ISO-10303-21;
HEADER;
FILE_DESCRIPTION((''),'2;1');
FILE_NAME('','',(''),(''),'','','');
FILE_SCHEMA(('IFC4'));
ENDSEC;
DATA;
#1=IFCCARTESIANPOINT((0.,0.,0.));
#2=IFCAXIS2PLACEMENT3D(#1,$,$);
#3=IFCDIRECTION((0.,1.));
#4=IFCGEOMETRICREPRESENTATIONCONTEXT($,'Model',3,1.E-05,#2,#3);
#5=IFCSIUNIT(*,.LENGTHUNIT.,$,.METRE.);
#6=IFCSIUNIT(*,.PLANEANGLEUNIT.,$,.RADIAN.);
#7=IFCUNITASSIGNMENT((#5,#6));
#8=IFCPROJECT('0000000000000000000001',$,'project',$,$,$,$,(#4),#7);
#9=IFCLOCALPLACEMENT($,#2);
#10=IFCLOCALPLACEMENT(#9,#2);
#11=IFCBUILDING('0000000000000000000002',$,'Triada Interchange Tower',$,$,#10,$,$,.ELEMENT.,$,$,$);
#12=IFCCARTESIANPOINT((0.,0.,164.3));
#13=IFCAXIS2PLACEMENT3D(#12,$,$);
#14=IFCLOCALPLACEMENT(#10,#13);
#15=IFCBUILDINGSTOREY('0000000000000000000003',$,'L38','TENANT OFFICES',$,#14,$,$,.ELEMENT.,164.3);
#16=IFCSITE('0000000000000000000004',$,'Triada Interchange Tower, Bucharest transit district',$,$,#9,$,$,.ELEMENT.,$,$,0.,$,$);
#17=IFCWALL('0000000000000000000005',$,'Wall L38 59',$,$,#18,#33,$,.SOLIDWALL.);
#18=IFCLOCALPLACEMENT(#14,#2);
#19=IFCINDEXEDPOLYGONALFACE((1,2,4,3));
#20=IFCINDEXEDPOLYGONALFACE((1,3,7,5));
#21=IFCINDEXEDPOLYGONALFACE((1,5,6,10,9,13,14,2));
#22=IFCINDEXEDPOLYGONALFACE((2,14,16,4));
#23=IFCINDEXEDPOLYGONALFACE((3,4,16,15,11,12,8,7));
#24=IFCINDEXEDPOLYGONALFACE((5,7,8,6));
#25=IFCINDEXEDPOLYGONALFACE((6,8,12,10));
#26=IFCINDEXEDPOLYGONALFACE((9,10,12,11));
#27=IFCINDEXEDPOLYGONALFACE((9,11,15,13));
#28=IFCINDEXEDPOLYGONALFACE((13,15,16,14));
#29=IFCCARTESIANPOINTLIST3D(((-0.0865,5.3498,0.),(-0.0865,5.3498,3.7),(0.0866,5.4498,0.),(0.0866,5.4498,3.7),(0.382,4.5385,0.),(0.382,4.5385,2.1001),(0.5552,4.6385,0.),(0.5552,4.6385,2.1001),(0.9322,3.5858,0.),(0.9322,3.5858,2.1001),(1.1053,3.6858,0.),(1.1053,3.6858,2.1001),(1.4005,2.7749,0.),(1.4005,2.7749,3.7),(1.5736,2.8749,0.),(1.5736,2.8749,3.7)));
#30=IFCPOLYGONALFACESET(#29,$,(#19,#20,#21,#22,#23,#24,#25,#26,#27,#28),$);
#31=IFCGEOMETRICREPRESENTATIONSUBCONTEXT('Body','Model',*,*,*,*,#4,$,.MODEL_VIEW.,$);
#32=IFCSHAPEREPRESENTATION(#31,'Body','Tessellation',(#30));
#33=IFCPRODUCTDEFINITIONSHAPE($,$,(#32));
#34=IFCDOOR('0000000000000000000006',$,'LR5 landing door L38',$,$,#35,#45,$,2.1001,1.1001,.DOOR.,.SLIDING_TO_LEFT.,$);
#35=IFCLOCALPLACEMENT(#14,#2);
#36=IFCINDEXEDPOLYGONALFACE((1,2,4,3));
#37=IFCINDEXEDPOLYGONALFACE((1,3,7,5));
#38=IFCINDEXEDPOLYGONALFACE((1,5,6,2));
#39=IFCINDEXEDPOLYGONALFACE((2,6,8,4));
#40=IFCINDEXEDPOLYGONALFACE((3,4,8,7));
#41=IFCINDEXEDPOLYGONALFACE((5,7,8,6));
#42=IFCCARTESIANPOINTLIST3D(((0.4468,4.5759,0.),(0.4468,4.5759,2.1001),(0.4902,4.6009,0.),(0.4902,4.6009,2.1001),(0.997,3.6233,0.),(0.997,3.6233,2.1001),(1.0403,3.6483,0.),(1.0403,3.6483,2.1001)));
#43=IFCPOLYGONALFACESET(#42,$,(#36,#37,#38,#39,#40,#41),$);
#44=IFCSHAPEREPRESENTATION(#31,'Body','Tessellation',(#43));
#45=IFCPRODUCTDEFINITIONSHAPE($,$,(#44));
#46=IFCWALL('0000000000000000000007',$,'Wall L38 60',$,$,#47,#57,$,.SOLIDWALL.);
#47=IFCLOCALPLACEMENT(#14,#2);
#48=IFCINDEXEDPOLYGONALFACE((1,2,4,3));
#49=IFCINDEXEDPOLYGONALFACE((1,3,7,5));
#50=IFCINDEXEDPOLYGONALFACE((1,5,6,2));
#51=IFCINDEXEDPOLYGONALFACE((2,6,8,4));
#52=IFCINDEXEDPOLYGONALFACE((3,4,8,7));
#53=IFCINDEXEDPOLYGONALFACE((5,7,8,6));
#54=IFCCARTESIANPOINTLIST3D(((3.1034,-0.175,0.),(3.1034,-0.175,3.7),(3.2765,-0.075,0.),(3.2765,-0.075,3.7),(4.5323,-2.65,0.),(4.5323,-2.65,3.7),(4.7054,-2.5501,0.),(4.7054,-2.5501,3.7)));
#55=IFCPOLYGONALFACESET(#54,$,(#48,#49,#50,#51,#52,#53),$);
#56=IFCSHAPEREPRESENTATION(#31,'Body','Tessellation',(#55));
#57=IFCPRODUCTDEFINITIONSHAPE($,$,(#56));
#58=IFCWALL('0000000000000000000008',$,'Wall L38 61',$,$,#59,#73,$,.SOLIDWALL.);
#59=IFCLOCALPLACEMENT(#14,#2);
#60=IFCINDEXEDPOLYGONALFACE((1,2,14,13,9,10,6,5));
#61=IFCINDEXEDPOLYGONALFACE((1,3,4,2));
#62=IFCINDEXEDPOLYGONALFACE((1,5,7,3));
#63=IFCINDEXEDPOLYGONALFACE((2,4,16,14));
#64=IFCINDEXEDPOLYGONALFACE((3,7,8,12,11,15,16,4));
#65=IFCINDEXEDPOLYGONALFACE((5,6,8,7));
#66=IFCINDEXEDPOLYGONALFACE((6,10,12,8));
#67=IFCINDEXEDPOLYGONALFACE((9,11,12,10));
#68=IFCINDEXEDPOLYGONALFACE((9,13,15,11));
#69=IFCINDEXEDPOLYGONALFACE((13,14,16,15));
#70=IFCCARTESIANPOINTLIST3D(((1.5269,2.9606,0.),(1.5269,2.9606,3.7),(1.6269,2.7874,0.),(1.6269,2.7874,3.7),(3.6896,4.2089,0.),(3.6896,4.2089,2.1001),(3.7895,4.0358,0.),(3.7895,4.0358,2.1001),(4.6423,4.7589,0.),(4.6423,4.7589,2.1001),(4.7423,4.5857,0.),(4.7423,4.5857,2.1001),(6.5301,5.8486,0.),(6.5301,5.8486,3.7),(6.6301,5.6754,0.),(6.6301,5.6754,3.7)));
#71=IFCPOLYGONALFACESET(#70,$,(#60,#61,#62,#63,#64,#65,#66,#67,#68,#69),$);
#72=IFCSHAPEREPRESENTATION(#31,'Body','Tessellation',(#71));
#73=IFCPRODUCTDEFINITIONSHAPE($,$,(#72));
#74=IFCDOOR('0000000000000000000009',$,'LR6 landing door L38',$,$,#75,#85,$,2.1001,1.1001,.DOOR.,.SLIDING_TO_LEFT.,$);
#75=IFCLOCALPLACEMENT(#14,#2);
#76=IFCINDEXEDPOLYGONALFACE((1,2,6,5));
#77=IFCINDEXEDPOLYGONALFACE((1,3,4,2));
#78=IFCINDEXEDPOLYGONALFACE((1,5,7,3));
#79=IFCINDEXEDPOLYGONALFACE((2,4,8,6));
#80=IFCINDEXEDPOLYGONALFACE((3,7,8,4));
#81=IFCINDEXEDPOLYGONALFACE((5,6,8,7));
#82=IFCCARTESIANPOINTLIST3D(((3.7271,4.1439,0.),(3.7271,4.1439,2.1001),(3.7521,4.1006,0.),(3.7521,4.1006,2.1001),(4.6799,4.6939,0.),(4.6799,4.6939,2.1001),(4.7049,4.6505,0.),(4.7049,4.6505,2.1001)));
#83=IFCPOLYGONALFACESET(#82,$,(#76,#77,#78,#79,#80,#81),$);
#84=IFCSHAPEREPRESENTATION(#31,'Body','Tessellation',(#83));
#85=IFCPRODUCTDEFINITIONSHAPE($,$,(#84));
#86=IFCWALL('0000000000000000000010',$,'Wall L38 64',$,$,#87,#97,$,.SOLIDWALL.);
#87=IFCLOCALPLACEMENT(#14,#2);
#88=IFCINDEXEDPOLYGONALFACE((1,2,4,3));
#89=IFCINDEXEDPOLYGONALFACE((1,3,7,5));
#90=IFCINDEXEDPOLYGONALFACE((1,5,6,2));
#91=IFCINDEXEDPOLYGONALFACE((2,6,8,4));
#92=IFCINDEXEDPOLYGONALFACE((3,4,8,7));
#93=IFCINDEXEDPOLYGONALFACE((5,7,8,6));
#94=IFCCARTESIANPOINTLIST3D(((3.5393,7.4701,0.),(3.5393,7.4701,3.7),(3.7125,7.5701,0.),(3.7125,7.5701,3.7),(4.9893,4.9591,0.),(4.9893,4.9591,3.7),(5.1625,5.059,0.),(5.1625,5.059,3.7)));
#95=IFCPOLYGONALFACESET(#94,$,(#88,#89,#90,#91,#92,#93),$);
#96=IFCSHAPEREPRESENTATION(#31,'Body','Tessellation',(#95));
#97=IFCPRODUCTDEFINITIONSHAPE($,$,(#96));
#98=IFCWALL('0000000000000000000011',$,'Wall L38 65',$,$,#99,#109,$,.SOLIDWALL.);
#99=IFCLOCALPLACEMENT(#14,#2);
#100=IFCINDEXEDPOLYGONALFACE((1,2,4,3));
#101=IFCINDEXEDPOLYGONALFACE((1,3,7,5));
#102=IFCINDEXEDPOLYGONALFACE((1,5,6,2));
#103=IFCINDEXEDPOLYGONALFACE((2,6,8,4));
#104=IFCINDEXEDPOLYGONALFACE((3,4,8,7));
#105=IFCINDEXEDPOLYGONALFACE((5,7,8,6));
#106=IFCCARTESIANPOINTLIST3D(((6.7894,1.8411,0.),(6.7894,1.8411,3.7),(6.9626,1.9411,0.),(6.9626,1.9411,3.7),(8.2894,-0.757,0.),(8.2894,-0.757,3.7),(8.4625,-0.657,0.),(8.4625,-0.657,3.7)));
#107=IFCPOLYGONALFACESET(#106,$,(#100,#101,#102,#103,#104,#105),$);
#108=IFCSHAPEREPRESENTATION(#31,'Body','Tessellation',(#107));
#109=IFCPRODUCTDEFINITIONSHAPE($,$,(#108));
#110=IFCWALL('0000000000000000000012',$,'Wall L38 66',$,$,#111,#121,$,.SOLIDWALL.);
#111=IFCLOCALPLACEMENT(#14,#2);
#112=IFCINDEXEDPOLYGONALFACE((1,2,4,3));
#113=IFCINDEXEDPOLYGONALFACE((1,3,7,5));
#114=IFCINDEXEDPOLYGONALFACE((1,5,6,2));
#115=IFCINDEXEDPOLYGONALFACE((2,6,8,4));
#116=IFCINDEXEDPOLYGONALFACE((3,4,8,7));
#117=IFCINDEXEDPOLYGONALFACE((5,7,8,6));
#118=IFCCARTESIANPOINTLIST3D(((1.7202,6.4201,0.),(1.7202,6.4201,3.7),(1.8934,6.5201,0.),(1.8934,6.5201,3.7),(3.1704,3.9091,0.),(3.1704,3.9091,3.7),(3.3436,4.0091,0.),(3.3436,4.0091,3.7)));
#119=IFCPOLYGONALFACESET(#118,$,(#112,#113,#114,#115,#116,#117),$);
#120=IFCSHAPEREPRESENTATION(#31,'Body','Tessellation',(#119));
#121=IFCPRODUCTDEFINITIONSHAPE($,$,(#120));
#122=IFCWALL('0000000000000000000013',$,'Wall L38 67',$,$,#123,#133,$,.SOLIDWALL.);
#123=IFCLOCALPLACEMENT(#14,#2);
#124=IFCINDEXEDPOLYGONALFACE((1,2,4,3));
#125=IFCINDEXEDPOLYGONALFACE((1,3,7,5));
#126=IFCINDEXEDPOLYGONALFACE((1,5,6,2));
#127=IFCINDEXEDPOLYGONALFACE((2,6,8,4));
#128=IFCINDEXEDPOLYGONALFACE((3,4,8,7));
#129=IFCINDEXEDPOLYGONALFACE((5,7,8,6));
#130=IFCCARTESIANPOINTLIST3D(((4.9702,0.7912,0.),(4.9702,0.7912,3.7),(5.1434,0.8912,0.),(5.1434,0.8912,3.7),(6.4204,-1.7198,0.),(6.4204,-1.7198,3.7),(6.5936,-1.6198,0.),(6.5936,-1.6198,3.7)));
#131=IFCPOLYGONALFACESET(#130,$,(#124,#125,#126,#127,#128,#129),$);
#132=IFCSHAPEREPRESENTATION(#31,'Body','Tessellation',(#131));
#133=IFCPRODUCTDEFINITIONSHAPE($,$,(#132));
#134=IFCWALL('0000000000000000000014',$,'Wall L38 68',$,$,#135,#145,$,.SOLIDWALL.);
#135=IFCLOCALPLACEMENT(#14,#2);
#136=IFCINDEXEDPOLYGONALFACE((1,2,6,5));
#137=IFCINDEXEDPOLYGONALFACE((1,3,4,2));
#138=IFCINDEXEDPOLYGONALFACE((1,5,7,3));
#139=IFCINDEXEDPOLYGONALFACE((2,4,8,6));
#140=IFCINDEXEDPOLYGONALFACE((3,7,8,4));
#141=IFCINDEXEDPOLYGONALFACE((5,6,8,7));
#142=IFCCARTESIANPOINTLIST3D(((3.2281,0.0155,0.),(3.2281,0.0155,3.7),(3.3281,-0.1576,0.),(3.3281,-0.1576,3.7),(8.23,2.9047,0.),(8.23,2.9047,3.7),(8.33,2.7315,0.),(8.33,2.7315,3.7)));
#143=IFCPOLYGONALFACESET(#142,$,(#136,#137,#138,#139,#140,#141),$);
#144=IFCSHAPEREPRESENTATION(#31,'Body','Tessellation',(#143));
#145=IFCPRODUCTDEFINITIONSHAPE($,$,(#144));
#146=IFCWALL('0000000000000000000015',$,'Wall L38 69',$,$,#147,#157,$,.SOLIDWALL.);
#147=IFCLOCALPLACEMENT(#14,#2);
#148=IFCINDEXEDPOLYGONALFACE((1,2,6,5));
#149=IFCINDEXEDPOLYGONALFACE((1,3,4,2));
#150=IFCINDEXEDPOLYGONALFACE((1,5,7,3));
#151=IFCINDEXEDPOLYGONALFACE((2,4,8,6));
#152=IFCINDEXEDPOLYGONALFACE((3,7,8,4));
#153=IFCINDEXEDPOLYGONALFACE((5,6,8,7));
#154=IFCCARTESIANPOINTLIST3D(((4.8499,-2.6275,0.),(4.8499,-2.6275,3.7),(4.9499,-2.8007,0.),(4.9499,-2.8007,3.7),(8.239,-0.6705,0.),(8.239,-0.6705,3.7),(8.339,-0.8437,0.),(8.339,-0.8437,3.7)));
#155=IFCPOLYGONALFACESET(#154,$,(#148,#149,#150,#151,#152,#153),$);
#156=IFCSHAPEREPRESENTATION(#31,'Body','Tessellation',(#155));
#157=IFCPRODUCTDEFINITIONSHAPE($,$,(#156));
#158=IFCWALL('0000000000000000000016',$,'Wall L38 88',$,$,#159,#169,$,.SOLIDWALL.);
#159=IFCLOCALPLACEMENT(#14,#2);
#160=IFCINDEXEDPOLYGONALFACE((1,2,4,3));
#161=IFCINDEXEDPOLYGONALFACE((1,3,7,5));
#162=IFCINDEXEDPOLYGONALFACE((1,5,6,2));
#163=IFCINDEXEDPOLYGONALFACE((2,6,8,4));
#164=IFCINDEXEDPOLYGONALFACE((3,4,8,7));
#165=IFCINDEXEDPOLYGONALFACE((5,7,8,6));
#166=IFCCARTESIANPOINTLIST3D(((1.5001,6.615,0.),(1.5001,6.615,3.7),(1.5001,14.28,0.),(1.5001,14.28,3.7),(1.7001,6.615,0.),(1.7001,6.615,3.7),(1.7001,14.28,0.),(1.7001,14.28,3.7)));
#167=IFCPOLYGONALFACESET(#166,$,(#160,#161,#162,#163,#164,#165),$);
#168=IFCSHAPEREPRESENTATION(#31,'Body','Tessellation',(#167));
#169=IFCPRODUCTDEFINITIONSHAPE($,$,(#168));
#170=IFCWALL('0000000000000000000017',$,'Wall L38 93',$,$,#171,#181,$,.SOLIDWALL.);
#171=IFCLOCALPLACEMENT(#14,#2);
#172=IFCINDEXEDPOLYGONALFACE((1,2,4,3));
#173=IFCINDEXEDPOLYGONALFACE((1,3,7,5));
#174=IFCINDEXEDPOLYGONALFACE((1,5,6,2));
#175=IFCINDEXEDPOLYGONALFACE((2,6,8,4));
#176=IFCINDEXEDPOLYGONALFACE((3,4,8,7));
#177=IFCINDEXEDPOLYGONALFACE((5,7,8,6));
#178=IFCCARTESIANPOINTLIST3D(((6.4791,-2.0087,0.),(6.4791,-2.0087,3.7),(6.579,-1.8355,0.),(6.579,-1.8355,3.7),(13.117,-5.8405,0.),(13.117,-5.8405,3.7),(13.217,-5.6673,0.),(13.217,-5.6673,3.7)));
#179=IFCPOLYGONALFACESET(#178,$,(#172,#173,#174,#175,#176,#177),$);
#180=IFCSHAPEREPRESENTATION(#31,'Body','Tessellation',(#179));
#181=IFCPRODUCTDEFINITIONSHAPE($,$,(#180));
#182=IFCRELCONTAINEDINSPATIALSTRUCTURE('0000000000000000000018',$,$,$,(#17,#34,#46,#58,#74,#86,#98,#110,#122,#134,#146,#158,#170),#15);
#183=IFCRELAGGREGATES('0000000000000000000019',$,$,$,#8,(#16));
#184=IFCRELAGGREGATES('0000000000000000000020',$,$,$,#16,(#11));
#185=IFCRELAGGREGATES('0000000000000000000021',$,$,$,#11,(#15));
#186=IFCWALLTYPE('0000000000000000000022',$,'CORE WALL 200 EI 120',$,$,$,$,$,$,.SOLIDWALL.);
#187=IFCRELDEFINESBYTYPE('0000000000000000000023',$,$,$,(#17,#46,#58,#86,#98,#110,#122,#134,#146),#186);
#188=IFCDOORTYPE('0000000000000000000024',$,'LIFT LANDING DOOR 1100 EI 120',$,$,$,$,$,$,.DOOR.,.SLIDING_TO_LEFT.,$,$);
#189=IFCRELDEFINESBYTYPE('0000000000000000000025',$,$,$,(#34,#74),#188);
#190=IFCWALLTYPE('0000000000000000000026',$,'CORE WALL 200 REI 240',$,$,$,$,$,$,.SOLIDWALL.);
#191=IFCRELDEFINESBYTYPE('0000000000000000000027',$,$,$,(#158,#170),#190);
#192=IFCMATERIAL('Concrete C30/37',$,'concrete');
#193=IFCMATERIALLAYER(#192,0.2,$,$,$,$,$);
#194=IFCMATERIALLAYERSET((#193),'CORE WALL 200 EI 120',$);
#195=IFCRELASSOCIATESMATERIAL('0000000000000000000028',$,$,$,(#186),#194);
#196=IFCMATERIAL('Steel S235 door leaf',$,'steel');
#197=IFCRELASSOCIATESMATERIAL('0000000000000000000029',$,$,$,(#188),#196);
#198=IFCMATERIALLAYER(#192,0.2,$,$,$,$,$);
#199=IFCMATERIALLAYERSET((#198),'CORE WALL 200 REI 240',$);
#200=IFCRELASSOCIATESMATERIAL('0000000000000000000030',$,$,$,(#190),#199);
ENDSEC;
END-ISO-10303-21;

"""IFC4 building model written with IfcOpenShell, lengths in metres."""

from ifc_helpers import new_model, si_unit, direction, frame, frame_2d, origin, place, context, subcontext, project, spatial, rectangle, extrude, material, layer, layer_set, type_object, element, fill, save


model = new_model("IFC4")

# Units and contexts
model_context = context("Model", 3, precision=1e-05, world=origin(), true_north=direction((0.0, 1.0)))
body_context = subcontext(model_context, "Body", "Model", "MODEL_VIEW")
ifc_project = project(units=[si_unit("LENGTHUNIT", "METRE"), si_unit("PLANEANGLEUNIT", "RADIAN")], contexts=[model_context])

# Site, building, storey
site_placement = place(None, origin())
site = spatial("IfcSite", under=ifc_project, at=site_placement, Name="Triada Interchange Tower, Bucharest transit district", CompositionType="ELEMENT", RefElevation=0.0)
building_placement = place(site_placement, origin())
building = spatial("IfcBuilding", under=site, at=building_placement, Name="Triada Interchange Tower", CompositionType="ELEMENT")
storey_placement = place(building_placement, frame((0.0, 0.0, 164.3)))
storey = spatial("IfcBuildingStorey", under=building, at=storey_placement, Name="L38", Description="TENANT OFFICES", CompositionType="ELEMENT", Elevation=164.3)

# Wall, opening, door
ifc_material_1 = material(Name="Concrete C30/37", Category="concrete")
ifc_layer_1 = layer(ifc_material_1, 0.2)
ifc_layer_set_1 = layer_set([ifc_layer_1], Name="CORE WALL 200 EI 120")
wall_type_1 = type_object("IfcWallType", Name="CORE WALL 200 EI 120", PredefinedType="SOLIDWALL", material=ifc_layer_set_1)
ifc_material_2 = material(Name="Steel S235 door leaf", Category="steel")
door_type = type_object("IfcDoorType", Name="LIFT LANDING DOOR 1100 EI 120", OperationType="SLIDING_TO_LEFT", PredefinedType="DOOR", material=ifc_material_2)
wall_1_placement = place(storey_placement, frame((0.0, 5.3999, 0.0), z_axis=(0.0, 0.0, 1.0), x_axis=(0.500104, -0.865965, 0.0)))
wall_1 = element("IfcWall", 1, at=wall_1_placement, inside=storey, type_object=wall_type_1, Name="Wall L38 59", PredefinedType="SOLIDWALL", context=body_context, shape_type="SweptSolid", body=[
    extrude(rectangle(XDim=2.9734, YDim=0.2, at=frame_2d((1.4868, 0.0))), origin(), (0.0, 0.0, 1.0), 3.7),
])
opening_1_placement = place(wall_1_placement, frame((0.937, 0.0, 0.0)))
opening_1 = element("IfcOpeningElement", 2, at=opening_1_placement, cuts=wall_1, PredefinedType="OPENING", context=body_context, shape_type="SweptSolid", body=[
    extrude(rectangle(XDim=1.1001, YDim=2.1001, at=frame_2d((0.55, 1.05))), frame((0.0, 0.1099, 0.0), z_axis=(0.0, -1.0, 0.0), x_axis=(1.0, 0.0, 0.0)), (0.0, 0.0, 1.0), 0.22),
])
door_1_placement = place(opening_1_placement, origin())
door_1 = element("IfcDoor", 3, at=door_1_placement, inside=storey, type_object=door_type, Name="LR5 landing door L38", OperationType="SLIDING_TO_LEFT", OverallHeight=2.1001, OverallWidth=1.1001, PredefinedType="DOOR", context=body_context, shape_type="SweptSolid", body=[
    extrude(rectangle(XDim=1.1001, YDim=2.1001, at=frame_2d((0.55, 1.05))), frame((0.0, 0.0249, 0.0), z_axis=(0.0, -1.0, 0.0), x_axis=(1.0, 0.0, 0.0)), (0.0, 0.0, 1.0), 0.05),
])
fill(opening_1, door_1)

# Wall
wall_2_placement = place(storey_placement, frame((3.1899, -0.125, 0.0), z_axis=(0.0, 0.0, 1.0), x_axis=(0.499989, -0.866032, 0.0)))
element("IfcWall", 4, at=wall_2_placement, inside=storey, type_object=wall_type_1, Name="Wall L38 60", PredefinedType="SOLIDWALL", context=body_context, shape_type="SweptSolid", body=[
    extrude(rectangle(XDim=2.8579, YDim=0.2, at=frame_2d((1.429, 0.0))), origin(), (0.0, 0.0, 1.0), 3.7),
])

# Wall, opening, door
wall_3_placement = place(storey_placement, frame((1.5769, 2.874, 0.0), z_axis=(0.0, 0.0, 1.0), x_axis=(0.866074, 0.499916, 0.0)))
wall_3 = element("IfcWall", 5, at=wall_3_placement, inside=storey, type_object=wall_type_1, Name="Wall L38 61", PredefinedType="SOLIDWALL", context=body_context, shape_type="SweptSolid", body=[
    extrude(rectangle(XDim=5.7769, YDim=0.2, at=frame_2d((2.8884, 0.0))), origin(), (0.0, 0.0, 1.0), 3.7),
])
opening_2_placement = place(wall_3_placement, frame((2.4971, 0.0, 0.0)))
opening_2 = element("IfcOpeningElement", 6, at=opening_2_placement, cuts=wall_3, PredefinedType="OPENING", context=body_context, shape_type="SweptSolid", body=[
    extrude(rectangle(XDim=1.1001, YDim=2.1001, at=frame_2d((0.55, 1.05))), frame((0.0, 0.1099, 0.0), z_axis=(0.0, -1.0, 0.0), x_axis=(1.0, 0.0, 0.0)), (0.0, 0.0, 1.0), 0.22),
])
door_2_placement = place(opening_2_placement, origin())
door_2 = element("IfcDoor", 7, at=door_2_placement, inside=storey, type_object=door_type, Name="LR6 landing door L38", OperationType="SLIDING_TO_LEFT", OverallHeight=2.1001, OverallWidth=1.1001, PredefinedType="DOOR", context=body_context, shape_type="SweptSolid", body=[
    extrude(rectangle(XDim=1.1001, YDim=2.1001, at=frame_2d((0.55, 1.05))), frame((0.0, 0.0249, 0.0), z_axis=(0.0, -1.0, 0.0), x_axis=(1.0, 0.0, 0.0)), (0.0, 0.0, 1.0), 0.05),
])
fill(opening_2, door_2)

# Walls
wall_4_placement = place(storey_placement, frame((3.626, 7.52, 0.0), z_axis=(0.0, 0.0, 1.0), x_axis=(0.50006, -0.865991, 0.0)))
element("IfcWall", 8, at=wall_4_placement, inside=storey, type_object=wall_type_1, Name="Wall L38 64", PredefinedType="SOLIDWALL", context=body_context, shape_type="SweptSolid", body=[
    extrude(rectangle(XDim=2.8997, YDim=0.2, at=frame_2d((1.4497, 0.0))), origin(), (0.0, 0.0, 1.0), 3.7),
])
wall_5_placement = place(storey_placement, frame((6.876, 1.8911, 0.0), z_axis=(0.0, 0.0, 1.0), x_axis=(0.49999, -0.866031, 0.0)))
element("IfcWall", 9, at=wall_5_placement, inside=storey, type_object=wall_type_1, Name="Wall L38 65", PredefinedType="SOLIDWALL", context=body_context, shape_type="SweptSolid", body=[
    extrude(rectangle(XDim=3.0, YDim=0.2, at=frame_2d((1.5, 0.0))), origin(), (0.0, 0.0, 1.0), 3.7),
])
for number, where, z_axis, x_axis, name in (
    (10, (1.8069, 6.47, 0.0), (0.0, 0.0, 1.0), (0.500123, -0.865954, 0.0), "Wall L38 66"),
    (11, (5.0569, 0.8411, 0.0), (0.0, 0.0, 1.0), (0.500123, -0.865954, 0.0), "Wall L38 67"),
):
    element("IfcWall", number, at=place(storey_placement, frame(where, z_axis=z_axis, x_axis=x_axis)), inside=storey, type_object=wall_type_1, Name=name, PredefinedType="SOLIDWALL", context=body_context, shape_type="SweptSolid", body=[
        extrude(rectangle(XDim=2.8997, YDim=0.2, at=frame_2d((1.4497, 0.0))), origin(), (0.0, 0.0, 1.0), 3.7),
    ])
wall_6_placement = place(storey_placement, frame((3.2781, -0.071, 0.0), z_axis=(0.0, 0.0, 1.0), x_axis=(0.865929, 0.500166, 0.0)))
element("IfcWall", 12, at=wall_6_placement, inside=storey, type_object=wall_type_1, Name="Wall L38 68", PredefinedType="SOLIDWALL", context=body_context, shape_type="SweptSolid", body=[
    extrude(rectangle(XDim=5.7764, YDim=0.2, at=frame_2d((2.8882, 0.0))), origin(), (0.0, 0.0, 1.0), 3.7),
])
wall_7_placement = place(storey_placement, frame((4.8999, -2.7141, 0.0), z_axis=(0.0, 0.0, 1.0), x_axis=(0.865992, 0.500057, 0.0)))
element("IfcWall", 13, at=wall_7_placement, inside=storey, type_object=wall_type_1, Name="Wall L38 69", PredefinedType="SOLIDWALL", context=body_context, shape_type="SweptSolid", body=[
    extrude(rectangle(XDim=3.9136, YDim=0.2, at=frame_2d((1.9568, 0.0))), origin(), (0.0, 0.0, 1.0), 3.7),
])
ifc_layer_2 = layer(ifc_material_1, 0.2)
ifc_layer_set_2 = layer_set([ifc_layer_2], Name="CORE WALL 200 REI 240")
wall_type_2 = type_object("IfcWallType", Name="CORE WALL 200 REI 240", PredefinedType="SOLIDWALL", material=ifc_layer_set_2)
wall_8_placement = place(storey_placement, frame((1.6001, 6.615, 0.0), z_axis=(0.0, 0.0, 1.0), x_axis=(0.0, 1.0, 0.0)))
element("IfcWall", 14, at=wall_8_placement, inside=storey, type_object=wall_type_2, Name="Wall L38 88", PredefinedType="SOLIDWALL", context=body_context, shape_type="SweptSolid", body=[
    extrude(rectangle(XDim=7.665, YDim=0.2, at=frame_2d((3.8325, 0.0))), origin(), (0.0, 0.0, 1.0), 3.7),
])
wall_9_placement = place(storey_placement, frame((6.5291, -1.9221, 0.0), z_axis=(0.0, 0.0, 1.0), x_axis=(0.866061, -0.499938, 0.0)))
element("IfcWall", 15, at=wall_9_placement, inside=storey, type_object=wall_type_2, Name="Wall L38 93", PredefinedType="SOLIDWALL", context=body_context, shape_type="SweptSolid", body=[
    extrude(rectangle(XDim=7.6646, YDim=0.2, at=frame_2d((3.8323, 0.0))), origin(), (0.0, 0.0, 1.0), 3.7),
])

save(model, "model.ifc")
